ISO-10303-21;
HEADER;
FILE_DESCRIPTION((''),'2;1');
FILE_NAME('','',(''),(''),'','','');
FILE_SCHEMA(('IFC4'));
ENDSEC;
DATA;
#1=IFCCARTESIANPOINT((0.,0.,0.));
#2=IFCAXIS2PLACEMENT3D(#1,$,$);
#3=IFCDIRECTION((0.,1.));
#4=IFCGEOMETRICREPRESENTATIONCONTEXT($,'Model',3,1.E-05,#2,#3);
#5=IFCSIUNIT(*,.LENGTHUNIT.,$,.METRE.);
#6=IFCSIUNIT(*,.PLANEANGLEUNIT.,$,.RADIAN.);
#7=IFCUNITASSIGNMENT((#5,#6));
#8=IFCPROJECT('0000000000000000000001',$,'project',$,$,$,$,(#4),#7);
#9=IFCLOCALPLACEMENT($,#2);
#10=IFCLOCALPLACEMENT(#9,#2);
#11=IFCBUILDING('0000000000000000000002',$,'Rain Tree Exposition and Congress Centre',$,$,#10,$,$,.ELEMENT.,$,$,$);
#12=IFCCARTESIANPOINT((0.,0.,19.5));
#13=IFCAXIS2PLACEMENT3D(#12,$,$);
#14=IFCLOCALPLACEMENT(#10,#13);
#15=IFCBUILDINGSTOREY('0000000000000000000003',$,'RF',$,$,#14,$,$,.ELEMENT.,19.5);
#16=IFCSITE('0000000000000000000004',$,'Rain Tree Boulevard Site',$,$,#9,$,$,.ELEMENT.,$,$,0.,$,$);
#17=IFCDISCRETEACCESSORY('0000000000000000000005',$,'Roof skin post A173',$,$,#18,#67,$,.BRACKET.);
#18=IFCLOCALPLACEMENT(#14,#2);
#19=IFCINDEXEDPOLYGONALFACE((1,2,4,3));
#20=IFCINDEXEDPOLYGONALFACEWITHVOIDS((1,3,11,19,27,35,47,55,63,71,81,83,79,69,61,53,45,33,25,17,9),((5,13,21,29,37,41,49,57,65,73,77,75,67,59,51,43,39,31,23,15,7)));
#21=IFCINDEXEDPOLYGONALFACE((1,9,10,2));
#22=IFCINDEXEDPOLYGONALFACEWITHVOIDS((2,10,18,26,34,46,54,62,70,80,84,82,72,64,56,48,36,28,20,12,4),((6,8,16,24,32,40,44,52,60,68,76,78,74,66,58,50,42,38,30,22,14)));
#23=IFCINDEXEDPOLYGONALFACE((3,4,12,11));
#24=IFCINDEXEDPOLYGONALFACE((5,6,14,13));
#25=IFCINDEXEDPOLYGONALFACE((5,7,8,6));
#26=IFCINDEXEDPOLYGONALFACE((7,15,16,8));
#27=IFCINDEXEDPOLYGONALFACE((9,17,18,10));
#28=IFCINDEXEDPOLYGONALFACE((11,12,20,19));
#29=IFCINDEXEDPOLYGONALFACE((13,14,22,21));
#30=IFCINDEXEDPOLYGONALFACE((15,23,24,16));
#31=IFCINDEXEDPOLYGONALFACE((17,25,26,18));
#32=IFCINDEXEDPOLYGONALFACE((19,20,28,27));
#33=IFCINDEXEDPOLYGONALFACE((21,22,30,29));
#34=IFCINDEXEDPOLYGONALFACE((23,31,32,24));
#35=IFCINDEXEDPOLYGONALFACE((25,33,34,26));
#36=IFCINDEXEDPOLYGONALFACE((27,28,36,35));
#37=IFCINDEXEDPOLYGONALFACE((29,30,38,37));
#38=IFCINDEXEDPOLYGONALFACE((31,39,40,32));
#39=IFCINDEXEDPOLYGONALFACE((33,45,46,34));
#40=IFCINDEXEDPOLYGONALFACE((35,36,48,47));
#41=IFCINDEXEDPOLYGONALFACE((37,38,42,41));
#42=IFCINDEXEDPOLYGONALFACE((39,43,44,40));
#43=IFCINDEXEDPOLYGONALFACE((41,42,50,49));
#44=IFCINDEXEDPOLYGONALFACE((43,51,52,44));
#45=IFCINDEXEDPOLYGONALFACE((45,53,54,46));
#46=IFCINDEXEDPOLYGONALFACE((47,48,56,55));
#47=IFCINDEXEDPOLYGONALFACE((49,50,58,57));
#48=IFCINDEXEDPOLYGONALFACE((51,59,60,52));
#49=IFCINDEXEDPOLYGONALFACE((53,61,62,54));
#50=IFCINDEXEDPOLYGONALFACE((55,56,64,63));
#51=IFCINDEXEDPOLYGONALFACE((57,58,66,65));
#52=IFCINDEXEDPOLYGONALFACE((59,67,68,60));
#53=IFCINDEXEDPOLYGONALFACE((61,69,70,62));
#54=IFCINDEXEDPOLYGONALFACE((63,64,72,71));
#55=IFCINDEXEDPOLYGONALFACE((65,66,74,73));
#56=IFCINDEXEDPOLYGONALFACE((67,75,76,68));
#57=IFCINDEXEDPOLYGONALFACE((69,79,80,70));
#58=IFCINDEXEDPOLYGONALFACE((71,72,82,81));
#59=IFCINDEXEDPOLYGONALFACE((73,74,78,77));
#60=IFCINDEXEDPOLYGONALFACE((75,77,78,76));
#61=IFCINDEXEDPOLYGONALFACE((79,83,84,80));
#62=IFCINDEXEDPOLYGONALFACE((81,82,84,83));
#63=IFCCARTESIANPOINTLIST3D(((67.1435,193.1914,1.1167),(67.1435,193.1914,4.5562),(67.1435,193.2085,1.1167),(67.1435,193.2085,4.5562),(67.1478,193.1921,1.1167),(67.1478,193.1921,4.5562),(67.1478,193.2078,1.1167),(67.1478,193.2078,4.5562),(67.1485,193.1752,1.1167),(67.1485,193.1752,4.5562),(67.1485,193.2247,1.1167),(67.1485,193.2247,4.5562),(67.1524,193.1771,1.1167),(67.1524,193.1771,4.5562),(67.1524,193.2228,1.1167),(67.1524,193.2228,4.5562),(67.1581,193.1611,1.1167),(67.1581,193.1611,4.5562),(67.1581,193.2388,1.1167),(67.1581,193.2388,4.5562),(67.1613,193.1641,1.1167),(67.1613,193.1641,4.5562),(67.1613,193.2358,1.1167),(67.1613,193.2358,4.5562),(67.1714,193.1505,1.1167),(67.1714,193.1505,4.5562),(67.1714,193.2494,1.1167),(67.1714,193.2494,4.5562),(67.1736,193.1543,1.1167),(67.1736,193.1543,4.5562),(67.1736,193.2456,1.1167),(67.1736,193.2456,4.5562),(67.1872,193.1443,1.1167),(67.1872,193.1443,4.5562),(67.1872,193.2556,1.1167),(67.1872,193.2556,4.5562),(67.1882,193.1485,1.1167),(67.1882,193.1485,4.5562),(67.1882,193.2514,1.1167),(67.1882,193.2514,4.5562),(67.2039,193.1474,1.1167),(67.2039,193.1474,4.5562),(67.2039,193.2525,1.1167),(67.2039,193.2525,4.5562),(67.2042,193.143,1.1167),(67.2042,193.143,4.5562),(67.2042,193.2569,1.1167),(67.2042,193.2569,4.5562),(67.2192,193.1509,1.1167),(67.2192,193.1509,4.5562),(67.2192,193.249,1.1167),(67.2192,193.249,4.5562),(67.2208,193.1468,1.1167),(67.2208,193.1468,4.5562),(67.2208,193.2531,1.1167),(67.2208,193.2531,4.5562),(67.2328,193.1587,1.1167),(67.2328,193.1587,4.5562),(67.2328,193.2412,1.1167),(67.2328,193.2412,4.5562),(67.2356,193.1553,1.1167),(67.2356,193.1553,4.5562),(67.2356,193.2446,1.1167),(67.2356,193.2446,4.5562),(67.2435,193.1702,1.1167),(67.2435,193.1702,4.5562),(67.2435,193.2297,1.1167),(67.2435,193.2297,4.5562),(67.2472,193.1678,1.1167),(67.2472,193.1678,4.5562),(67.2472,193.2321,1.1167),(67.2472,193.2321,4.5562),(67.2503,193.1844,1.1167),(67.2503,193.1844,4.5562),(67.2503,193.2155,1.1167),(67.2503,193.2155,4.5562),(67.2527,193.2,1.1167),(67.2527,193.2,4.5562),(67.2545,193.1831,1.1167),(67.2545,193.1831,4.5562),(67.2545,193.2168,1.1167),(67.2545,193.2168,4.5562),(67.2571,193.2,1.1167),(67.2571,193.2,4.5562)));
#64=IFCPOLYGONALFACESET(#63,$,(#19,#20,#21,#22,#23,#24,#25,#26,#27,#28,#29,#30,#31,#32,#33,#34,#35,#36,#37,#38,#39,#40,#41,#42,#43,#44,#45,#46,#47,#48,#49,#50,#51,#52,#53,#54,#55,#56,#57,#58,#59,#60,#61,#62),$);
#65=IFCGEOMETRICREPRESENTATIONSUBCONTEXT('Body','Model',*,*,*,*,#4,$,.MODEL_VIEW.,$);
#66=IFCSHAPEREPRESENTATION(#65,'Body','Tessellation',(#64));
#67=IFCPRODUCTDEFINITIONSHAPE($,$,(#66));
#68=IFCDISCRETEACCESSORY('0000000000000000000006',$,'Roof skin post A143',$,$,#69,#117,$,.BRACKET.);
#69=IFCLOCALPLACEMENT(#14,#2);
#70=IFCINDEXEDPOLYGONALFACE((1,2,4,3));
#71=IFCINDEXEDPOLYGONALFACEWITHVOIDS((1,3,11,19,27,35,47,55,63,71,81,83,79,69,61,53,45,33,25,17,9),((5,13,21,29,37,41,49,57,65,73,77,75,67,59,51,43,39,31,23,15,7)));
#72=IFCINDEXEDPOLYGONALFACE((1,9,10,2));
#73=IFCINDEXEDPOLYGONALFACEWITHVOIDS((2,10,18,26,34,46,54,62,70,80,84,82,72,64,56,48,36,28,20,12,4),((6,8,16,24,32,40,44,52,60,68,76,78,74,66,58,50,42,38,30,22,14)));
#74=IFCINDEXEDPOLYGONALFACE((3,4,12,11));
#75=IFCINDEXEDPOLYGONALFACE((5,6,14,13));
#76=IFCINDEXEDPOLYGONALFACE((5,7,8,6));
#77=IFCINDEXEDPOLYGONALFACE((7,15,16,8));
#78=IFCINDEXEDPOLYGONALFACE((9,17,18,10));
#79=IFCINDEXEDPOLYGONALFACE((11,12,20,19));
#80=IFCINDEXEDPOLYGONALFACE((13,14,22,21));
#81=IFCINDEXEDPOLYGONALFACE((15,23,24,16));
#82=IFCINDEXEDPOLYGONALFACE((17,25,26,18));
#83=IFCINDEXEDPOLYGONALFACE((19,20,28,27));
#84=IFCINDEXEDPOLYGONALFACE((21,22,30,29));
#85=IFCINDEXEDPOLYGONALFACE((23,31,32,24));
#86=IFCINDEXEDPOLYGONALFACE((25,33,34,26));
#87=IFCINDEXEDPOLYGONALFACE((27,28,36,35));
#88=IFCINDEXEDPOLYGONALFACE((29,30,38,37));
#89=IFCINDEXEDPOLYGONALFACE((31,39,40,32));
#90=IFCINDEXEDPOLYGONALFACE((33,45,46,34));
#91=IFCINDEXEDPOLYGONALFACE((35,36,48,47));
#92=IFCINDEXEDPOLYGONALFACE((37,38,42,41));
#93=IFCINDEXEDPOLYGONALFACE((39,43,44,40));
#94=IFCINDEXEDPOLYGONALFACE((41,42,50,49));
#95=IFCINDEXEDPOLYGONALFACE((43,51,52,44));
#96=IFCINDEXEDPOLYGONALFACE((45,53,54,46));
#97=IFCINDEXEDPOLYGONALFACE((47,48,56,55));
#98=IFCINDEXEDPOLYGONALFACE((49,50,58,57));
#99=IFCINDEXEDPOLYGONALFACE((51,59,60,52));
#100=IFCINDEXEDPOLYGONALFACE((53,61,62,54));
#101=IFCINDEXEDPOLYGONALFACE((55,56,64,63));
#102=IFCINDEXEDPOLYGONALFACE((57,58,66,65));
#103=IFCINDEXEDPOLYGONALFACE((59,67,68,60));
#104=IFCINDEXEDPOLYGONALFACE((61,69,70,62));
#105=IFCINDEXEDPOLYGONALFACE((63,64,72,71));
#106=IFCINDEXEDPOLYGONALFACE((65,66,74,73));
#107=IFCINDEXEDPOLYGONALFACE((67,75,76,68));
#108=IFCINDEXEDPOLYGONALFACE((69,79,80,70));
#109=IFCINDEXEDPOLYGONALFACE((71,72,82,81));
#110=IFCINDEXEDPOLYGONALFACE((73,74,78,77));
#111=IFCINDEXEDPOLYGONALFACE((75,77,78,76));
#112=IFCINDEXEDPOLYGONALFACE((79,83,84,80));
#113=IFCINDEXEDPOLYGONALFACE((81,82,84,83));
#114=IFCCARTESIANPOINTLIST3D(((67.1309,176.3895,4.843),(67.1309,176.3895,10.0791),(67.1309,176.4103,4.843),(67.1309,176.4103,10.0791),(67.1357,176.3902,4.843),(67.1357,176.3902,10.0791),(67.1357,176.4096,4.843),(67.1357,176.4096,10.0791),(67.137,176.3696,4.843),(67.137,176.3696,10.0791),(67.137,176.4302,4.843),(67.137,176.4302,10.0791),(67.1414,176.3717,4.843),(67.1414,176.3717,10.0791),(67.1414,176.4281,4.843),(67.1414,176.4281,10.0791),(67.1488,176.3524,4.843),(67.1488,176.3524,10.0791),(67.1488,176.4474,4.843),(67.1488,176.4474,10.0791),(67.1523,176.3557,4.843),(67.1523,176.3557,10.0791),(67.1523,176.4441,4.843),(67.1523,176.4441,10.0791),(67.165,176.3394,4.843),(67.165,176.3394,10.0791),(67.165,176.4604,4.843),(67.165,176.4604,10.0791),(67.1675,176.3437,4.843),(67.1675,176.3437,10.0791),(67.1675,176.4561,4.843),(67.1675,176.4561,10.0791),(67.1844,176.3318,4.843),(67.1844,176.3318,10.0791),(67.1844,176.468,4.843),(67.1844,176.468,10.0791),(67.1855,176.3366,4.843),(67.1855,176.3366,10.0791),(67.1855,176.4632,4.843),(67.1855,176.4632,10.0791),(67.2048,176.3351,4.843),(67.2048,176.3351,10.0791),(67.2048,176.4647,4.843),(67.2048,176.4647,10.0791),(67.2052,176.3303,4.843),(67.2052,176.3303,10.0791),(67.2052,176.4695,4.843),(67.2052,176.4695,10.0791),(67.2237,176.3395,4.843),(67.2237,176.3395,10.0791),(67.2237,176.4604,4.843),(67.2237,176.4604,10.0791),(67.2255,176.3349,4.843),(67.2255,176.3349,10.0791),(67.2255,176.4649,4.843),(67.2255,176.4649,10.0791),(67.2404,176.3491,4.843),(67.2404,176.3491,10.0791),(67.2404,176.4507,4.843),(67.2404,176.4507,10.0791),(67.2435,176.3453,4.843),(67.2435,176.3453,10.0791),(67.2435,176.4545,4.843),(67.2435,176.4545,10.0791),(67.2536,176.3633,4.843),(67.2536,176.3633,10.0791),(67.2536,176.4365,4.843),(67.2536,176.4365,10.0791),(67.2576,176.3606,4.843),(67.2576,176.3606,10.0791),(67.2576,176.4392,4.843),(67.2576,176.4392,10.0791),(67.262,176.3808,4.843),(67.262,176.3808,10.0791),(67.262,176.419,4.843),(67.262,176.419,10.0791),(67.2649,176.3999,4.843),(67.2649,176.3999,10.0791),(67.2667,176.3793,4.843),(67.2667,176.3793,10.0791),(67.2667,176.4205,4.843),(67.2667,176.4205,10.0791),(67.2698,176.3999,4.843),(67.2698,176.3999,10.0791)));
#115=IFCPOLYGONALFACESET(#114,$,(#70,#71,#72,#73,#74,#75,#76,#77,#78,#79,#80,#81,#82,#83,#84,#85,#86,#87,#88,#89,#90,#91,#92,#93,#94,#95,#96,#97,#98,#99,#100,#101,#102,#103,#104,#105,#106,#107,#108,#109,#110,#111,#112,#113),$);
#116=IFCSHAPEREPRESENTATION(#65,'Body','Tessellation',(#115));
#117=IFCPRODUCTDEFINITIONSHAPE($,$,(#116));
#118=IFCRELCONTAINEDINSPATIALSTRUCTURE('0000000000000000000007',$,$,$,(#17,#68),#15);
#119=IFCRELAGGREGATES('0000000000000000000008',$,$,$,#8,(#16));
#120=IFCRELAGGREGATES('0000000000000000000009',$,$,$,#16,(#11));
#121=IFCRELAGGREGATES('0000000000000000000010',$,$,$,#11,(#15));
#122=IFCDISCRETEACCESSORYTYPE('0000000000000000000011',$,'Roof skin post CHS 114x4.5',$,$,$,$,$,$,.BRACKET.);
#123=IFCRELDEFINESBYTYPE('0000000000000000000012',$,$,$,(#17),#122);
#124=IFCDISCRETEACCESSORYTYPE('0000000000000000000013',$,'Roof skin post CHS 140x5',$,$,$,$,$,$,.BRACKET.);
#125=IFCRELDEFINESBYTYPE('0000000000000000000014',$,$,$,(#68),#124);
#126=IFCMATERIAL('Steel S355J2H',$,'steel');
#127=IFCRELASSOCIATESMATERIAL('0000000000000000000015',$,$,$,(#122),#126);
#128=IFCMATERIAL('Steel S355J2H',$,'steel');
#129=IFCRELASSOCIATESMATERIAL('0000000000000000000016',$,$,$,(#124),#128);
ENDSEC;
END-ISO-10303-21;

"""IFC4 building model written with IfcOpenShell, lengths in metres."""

from ifc_helpers import new_model, si_unit, direction, frame, origin, origin_2d, place, context, subcontext, project, spatial, hollow_circle, extrude, material, material_profile, profile_set, type_object, element, save


model = new_model("IFC4")

# Units and contexts
model_context = context("Model", 3, precision=1e-05, world=origin(), true_north=direction((0.0, 1.0)))
body_context = subcontext(model_context, "Body", "Model", "MODEL_VIEW")
ifc_project = project(units=[si_unit("LENGTHUNIT", "METRE"), si_unit("PLANEANGLEUNIT", "RADIAN")], contexts=[model_context])

# Site, building, storey
site_placement = place(None, origin())
site = spatial("IfcSite", under=ifc_project, at=site_placement, Name="Rain Tree Boulevard Site", CompositionType="ELEMENT", RefElevation=0.0)
building_placement = place(site_placement, origin())
building = spatial("IfcBuilding", under=site, at=building_placement, Name="Rain Tree Exposition and Congress Centre", CompositionType="ELEMENT")
storey_placement = place(building_placement, frame((0.0, 0.0, 19.5)))
storey = spatial("IfcBuildingStorey", under=building, at=storey_placement, Name="RF", CompositionType="ELEMENT", Elevation=19.5)

# Discrete accessories
ifc_material_1 = material(Name="Steel S355J2H", Category="steel")
ifc_material_profile_1 = material_profile(ifc_material_1, hollow_circle(Radius=0.0571, WallThickness=0.0044, at=origin_2d()), Name="CHS 114x4.5")
ifc_profile_set_1 = profile_set([ifc_material_profile_1], Name="Steel S355J2H")
discrete_accessory_type_1 = type_object("IfcDiscreteAccessoryType", Name="Roof skin post CHS 114x4.5", PredefinedType="BRACKET", material=ifc_profile_set_1)
discrete_accessory_1_placement = place(storey_placement, frame((67.2, 193.2, 1.1167), z_axis=(0.0, 0.0, 1.0), x_axis=(1.0, 0.0, 0.0)))
element("IfcDiscreteAccessory", 1, at=discrete_accessory_1_placement, inside=storey, type_object=discrete_accessory_type_1, Name="Roof skin post A173", PredefinedType="BRACKET", context=body_context, shape_type="SweptSolid", body=[
    extrude(hollow_circle(Radius=0.0571, WallThickness=0.0044, at=origin_2d()), origin(), (0.0, 0.0, 1.0), 3.4395),
])
ifc_material_2 = material(Name="Steel S355J2H", Category="steel")
ifc_material_profile_2 = material_profile(ifc_material_2, hollow_circle(Radius=0.0698, WallThickness=0.0049, at=origin_2d()), Name="CHS 140x5")
ifc_profile_set_2 = profile_set([ifc_material_profile_2], Name="Steel S355J2H")
discrete_accessory_type_2 = type_object("IfcDiscreteAccessoryType", Name="Roof skin post CHS 140x5", PredefinedType="BRACKET", material=ifc_profile_set_2)
discrete_accessory_2_placement = place(storey_placement, frame((67.2, 176.3999, 4.843), z_axis=(0.0, 0.0, 1.0), x_axis=(1.0, 0.0, 0.0)))
element("IfcDiscreteAccessory", 2, at=discrete_accessory_2_placement, inside=storey, type_object=discrete_accessory_type_2, Name="Roof skin post A143", PredefinedType="BRACKET", context=body_context, shape_type="SweptSolid", body=[
    extrude(hollow_circle(Radius=0.0698, WallThickness=0.0049, at=origin_2d()), origin(), (0.0, 0.0, 1.0), 5.2361),
])

save(model, "model.ifc")
